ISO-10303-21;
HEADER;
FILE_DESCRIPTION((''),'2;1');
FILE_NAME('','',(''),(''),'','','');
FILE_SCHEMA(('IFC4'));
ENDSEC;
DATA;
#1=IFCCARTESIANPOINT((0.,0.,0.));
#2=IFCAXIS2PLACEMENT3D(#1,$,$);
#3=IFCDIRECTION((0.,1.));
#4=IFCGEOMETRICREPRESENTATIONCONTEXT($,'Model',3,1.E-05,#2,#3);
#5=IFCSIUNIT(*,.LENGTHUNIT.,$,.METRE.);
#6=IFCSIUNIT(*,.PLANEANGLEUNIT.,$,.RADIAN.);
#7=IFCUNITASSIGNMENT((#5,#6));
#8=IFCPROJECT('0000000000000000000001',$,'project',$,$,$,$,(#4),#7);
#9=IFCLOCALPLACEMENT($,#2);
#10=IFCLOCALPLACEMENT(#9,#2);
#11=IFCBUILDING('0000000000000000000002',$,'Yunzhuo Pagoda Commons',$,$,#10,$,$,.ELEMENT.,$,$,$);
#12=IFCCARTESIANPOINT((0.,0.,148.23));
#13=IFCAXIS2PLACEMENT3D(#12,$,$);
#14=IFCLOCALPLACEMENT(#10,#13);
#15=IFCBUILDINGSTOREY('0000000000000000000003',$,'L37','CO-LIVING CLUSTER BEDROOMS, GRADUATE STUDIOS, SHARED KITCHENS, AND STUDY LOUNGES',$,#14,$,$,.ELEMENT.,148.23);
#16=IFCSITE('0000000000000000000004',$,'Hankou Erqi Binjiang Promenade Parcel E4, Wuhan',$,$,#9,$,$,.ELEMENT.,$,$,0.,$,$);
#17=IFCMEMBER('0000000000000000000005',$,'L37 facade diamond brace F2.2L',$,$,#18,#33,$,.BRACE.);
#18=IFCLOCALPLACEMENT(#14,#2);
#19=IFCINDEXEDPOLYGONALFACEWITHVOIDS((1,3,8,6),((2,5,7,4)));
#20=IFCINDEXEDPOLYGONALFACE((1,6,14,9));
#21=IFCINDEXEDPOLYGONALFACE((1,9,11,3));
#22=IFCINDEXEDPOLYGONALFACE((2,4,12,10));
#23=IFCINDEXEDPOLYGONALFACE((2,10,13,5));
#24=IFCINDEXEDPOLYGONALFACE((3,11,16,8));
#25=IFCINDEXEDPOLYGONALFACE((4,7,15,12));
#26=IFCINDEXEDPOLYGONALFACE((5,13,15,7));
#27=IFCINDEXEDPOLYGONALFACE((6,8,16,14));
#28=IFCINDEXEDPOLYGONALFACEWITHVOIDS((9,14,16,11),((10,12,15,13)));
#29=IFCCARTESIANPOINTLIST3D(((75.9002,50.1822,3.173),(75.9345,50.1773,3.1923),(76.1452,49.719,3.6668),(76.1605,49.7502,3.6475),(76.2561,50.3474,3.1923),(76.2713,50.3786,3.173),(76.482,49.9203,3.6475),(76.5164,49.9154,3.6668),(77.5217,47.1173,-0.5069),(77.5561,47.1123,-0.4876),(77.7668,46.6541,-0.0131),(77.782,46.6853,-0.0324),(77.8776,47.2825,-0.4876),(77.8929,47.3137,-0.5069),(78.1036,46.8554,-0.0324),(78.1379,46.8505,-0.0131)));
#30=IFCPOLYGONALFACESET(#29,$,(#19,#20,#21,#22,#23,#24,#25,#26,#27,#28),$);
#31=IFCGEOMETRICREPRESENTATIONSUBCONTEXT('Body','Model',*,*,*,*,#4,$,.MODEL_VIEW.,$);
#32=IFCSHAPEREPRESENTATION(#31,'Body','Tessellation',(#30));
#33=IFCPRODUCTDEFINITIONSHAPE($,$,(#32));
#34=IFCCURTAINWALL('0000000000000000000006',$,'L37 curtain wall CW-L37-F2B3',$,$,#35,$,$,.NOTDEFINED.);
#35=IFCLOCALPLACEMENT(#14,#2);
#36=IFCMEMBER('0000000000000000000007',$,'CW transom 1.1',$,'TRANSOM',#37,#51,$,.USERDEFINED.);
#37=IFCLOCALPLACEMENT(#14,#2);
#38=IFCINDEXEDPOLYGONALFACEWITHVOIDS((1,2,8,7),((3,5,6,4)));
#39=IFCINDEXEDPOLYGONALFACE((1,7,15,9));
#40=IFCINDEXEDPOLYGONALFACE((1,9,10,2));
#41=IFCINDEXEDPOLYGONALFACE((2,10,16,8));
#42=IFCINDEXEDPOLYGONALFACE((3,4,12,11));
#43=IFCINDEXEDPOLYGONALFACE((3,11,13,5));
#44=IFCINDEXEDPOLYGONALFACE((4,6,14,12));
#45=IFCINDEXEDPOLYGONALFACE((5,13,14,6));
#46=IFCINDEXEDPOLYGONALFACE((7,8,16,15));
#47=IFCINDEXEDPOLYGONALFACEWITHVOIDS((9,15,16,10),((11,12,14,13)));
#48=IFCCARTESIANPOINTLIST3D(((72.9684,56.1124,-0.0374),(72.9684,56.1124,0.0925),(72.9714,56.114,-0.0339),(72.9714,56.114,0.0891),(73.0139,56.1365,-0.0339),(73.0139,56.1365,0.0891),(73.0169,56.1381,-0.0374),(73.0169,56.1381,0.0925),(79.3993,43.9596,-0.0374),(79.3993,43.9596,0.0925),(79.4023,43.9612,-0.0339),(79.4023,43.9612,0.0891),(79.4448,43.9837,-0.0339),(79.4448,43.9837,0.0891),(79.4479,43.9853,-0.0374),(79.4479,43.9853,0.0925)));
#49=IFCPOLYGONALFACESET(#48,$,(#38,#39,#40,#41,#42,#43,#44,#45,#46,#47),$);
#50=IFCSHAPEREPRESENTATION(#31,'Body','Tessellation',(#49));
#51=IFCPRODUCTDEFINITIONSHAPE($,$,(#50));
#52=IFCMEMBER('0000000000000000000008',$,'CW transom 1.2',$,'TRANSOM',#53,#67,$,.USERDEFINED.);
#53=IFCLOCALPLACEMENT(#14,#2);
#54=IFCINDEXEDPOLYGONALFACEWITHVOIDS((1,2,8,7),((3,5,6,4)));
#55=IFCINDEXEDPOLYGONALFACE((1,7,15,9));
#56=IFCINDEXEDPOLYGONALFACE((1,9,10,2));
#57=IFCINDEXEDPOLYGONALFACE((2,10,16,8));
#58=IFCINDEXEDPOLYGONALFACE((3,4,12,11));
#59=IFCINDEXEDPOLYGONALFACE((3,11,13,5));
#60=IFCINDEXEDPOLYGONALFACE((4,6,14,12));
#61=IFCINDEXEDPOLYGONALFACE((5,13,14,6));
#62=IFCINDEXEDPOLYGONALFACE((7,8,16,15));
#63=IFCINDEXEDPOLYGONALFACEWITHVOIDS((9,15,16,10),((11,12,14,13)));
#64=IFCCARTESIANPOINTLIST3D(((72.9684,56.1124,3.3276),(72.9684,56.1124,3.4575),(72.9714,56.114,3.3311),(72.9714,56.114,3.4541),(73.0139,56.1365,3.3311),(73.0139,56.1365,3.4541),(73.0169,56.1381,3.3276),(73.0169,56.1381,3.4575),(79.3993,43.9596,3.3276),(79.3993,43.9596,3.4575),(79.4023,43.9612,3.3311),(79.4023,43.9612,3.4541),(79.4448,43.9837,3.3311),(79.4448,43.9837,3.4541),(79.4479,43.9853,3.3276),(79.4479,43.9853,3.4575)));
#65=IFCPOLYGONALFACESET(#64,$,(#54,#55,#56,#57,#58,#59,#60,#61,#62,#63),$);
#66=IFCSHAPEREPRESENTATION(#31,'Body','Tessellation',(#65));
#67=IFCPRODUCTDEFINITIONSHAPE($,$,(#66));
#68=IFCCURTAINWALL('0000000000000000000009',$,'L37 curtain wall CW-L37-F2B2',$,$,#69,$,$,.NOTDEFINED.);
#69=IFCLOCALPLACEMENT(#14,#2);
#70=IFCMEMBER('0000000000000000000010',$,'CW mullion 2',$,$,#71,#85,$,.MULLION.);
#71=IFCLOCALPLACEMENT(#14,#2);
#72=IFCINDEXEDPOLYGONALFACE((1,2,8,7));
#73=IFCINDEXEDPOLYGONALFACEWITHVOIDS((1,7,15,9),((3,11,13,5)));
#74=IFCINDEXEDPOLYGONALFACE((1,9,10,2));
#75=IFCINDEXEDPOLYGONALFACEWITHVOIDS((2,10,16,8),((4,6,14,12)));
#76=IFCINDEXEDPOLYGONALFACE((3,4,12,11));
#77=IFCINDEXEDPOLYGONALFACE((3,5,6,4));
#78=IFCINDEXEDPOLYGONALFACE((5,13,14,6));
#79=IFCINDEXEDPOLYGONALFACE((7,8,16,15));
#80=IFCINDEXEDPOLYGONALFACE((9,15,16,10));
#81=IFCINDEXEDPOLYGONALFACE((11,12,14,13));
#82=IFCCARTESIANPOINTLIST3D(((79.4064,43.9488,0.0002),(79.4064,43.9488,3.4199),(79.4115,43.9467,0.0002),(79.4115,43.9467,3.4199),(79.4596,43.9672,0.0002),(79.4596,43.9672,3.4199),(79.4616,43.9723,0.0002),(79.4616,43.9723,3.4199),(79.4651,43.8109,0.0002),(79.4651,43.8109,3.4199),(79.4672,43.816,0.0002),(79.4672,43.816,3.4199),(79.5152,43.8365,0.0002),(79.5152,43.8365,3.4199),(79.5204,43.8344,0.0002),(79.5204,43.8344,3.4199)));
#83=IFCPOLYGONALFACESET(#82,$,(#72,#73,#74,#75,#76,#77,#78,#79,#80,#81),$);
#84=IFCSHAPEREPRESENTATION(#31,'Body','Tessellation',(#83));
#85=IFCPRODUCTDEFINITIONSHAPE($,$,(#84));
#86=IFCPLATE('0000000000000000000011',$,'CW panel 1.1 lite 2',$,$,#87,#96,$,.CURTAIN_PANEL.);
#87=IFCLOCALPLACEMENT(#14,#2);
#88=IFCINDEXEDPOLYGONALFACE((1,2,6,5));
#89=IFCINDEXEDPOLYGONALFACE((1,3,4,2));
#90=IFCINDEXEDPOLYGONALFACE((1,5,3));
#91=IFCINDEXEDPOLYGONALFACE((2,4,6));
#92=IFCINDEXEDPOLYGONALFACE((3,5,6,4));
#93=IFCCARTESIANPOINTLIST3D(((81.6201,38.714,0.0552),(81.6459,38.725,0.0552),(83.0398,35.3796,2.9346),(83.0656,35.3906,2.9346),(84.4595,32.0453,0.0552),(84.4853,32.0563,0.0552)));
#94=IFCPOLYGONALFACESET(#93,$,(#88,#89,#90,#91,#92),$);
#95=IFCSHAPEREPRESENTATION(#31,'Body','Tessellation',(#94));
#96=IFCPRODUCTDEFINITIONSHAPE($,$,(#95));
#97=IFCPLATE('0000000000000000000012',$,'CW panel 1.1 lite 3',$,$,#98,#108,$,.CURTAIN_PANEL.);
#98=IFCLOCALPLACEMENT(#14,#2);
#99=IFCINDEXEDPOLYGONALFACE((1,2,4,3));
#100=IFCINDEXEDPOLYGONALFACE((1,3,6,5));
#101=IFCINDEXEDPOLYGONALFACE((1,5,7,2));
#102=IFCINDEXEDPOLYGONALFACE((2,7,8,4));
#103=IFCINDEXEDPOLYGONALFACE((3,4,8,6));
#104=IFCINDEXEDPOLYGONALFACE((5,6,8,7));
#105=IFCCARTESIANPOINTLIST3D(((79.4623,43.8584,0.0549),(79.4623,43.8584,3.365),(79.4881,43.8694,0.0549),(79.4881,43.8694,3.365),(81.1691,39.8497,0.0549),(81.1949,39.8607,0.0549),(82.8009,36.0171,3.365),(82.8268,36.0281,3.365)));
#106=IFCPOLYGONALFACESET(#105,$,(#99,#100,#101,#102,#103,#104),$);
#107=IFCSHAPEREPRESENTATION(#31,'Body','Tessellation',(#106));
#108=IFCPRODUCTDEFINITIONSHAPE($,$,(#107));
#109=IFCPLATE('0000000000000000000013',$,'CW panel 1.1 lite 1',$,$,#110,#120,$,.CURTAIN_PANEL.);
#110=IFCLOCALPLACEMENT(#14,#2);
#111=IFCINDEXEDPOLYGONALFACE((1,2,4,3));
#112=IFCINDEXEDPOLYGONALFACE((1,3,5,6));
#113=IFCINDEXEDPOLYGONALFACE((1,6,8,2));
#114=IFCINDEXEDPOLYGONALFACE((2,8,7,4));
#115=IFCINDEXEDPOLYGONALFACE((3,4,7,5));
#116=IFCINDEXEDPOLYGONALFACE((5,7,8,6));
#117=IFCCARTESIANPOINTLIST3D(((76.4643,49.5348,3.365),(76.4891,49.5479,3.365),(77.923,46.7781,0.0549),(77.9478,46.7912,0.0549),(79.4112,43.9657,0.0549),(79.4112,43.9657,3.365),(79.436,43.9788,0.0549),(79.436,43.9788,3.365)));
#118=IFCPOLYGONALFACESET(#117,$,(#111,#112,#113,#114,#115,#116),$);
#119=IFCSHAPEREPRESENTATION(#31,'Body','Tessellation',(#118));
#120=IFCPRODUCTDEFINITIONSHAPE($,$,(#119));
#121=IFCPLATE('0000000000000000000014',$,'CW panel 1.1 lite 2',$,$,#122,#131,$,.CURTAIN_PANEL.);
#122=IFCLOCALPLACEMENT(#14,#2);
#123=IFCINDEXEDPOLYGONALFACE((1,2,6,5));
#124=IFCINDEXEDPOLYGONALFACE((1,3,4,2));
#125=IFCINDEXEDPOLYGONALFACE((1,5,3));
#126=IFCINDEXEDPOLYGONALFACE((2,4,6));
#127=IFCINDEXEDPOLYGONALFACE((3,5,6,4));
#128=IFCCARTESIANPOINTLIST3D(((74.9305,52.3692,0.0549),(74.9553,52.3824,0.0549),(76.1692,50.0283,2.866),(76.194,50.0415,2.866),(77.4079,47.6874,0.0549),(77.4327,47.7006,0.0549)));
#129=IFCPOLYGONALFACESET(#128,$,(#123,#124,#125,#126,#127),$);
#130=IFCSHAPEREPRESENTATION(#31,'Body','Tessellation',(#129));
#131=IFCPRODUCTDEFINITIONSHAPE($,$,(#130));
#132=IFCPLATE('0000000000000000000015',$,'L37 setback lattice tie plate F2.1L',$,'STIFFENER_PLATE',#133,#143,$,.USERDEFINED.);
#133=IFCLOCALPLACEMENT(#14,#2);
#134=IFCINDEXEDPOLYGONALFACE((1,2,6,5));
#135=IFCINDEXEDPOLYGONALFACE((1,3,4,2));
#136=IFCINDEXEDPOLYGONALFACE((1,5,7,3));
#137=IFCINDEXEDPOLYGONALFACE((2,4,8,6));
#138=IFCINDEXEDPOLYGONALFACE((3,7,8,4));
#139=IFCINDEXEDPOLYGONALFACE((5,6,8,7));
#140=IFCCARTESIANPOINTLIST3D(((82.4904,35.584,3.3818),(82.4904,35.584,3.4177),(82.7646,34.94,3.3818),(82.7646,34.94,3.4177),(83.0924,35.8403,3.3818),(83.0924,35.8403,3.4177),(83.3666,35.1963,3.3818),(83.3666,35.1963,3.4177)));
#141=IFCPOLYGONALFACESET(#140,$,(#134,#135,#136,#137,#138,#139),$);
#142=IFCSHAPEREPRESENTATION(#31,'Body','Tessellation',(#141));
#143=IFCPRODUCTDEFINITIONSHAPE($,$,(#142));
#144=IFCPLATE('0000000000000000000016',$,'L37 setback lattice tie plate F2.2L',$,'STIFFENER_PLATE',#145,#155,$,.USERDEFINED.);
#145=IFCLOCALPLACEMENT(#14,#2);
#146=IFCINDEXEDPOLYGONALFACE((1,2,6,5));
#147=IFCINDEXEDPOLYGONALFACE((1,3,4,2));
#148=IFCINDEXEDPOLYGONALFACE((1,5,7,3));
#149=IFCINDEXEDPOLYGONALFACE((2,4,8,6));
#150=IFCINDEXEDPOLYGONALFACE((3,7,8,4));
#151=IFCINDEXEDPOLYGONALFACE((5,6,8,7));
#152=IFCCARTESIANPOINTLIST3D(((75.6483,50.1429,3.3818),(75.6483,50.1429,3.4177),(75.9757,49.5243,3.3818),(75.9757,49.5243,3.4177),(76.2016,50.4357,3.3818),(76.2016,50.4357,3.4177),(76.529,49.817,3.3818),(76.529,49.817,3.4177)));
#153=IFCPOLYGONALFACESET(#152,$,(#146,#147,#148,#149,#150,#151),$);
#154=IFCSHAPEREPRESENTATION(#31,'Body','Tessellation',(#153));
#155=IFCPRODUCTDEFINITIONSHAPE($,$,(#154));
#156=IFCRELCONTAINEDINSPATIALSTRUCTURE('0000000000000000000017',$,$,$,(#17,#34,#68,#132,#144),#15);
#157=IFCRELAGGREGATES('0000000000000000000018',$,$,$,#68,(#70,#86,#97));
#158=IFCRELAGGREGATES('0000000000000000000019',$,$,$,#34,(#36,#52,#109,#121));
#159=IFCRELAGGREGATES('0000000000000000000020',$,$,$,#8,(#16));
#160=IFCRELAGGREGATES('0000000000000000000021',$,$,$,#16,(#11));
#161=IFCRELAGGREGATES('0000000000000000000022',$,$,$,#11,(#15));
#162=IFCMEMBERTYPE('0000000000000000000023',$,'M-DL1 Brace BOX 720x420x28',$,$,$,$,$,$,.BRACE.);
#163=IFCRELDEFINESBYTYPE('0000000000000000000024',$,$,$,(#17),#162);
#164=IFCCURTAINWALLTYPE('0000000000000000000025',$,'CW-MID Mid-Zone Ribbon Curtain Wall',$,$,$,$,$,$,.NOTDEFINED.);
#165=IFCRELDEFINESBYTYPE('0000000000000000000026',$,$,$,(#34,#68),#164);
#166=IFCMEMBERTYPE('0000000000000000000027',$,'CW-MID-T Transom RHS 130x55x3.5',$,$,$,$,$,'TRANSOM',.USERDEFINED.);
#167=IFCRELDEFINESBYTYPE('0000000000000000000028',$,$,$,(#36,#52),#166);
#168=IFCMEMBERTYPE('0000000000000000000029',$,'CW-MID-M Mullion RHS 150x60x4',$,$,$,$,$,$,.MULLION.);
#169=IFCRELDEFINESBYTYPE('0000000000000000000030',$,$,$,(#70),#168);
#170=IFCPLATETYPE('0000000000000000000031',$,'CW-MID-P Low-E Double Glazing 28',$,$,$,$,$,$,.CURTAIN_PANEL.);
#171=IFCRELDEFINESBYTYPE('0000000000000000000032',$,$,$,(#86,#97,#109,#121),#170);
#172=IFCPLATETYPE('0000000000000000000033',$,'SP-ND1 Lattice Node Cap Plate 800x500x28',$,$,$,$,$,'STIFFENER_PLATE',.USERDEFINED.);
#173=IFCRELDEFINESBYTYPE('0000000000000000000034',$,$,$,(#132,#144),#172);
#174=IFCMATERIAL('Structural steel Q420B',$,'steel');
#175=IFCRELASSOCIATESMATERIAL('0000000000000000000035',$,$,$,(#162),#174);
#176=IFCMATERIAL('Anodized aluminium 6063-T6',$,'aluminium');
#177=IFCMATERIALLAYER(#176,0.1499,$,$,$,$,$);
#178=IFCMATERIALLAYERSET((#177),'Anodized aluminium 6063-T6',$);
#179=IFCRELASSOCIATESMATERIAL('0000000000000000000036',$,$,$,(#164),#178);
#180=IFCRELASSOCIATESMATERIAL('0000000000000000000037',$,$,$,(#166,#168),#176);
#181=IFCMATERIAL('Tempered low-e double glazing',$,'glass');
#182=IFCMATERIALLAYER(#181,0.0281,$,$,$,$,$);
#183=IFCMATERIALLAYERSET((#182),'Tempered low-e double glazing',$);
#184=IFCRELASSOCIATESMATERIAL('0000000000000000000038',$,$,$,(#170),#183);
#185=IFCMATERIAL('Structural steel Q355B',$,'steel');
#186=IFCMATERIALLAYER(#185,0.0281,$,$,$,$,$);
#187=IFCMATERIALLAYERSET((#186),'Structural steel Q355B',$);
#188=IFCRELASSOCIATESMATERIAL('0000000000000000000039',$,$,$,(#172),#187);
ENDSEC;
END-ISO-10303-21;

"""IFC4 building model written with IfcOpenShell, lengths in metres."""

from ifc_helpers import new_model, si_unit, direction, frame, origin, origin_2d, place, context, subcontext, project, spatial, polyline, rectangle, hollow_rectangle, outline, extrude, source, transform, mapped, material, layer, layer_set, material_profile, profile_set, type_object, element, aggregate, save


model = new_model("IFC4")

# Units and contexts
model_context = context("Model", 3, precision=1e-05, world=origin(), true_north=direction((0.0, 1.0)))
body_context = subcontext(model_context, "Body", "Model", "MODEL_VIEW")
ifc_project = project(units=[si_unit("LENGTHUNIT", "METRE"), si_unit("PLANEANGLEUNIT", "RADIAN")], contexts=[model_context])

# Site, building, storey
site_placement = place(None, origin())
site = spatial("IfcSite", under=ifc_project, at=site_placement, Name="Hankou Erqi Binjiang Promenade Parcel E4, Wuhan", CompositionType="ELEMENT", RefElevation=0.0)
building_placement = place(site_placement, origin())
building = spatial("IfcBuilding", under=site, at=building_placement, Name="Yunzhuo Pagoda Commons", CompositionType="ELEMENT")
storey_placement = place(building_placement, frame((0.0, 0.0, 148.23)))
storey = spatial("IfcBuildingStorey", under=building, at=storey_placement, Name="L37", Description="CO-LIVING CLUSTER BEDROOMS, GRADUATE STUDIOS, SHARED KITCHENS, AND STUDY LOUNGES", CompositionType="ELEMENT", Elevation=148.23)

# Shared definitions
ifc_material_1 = material(Name="Structural steel Q420B", Category="steel")

# Shared definitions
ifc_material_2 = material(Name="Structural steel Q355B", Category="steel")

# Member
ifc_material_profile_1 = material_profile(ifc_material_1, hollow_rectangle(XDim=0.4199, YDim=0.72, WallThickness=0.0281, at=origin_2d()), Name="Structural steel Q420B")
ifc_profile_set_1 = profile_set([ifc_material_profile_1], Name="Structural steel Q420B")
member_type_1 = type_object("IfcMemberType", Name="M-DL1 Brace BOX 720x420x28", PredefinedType="BRACE", material=ifc_profile_set_1)
shared_shape_1 = source(origin(), body_context, "Body", "SweptSolid", [
    extrude(hollow_rectangle(XDim=0.4199, YDim=0.72, WallThickness=0.0281, at=origin_2d()), origin(), (0.0, 0.0, 1.0), 5.0562),
])
member_1_placement = place(storey_placement, frame((77.8298, 46.9839, -0.26), z_axis=(-0.320711, 0.606173, 0.727804), x_axis=(-0.883911, -0.467655, 0.0)))
element("IfcMember", 1, at=member_1_placement, inside=storey, type_object=member_type_1, Name="L37 facade diamond brace F2.2L", PredefinedType="BRACE", context=body_context, shape_type="MappedRepresentation", body=[
    mapped(shared_shape_1, transform((0.0, 0.0, 0.0), scale=1.0)),
])

# Curtain wall, members
ifc_material_3 = material(Name="Anodized aluminium 6063-T6", Category="aluminium")
ifc_layer_1 = layer(ifc_material_3, 0.1499)
ifc_layer_set_1 = layer_set([ifc_layer_1], Name="Anodized aluminium 6063-T6")
curtain_wall_type = type_object("IfcCurtainWallType", Name="CW-MID Mid-Zone Ribbon Curtain Wall", PredefinedType="NOTDEFINED", material=ifc_layer_set_1)
curtain_wall_1_placement = place(storey_placement, origin())
curtain_wall_1 = element("IfcCurtainWall", 2, at=curtain_wall_1_placement, inside=storey, type_object=curtain_wall_type, Name="L37 curtain wall CW-L37-F2B3", PredefinedType="NOTDEFINED")
ifc_material_profile_2 = material_profile(ifc_material_3, hollow_rectangle(XDim=0.0549, YDim=0.1299, WallThickness=0.0034, at=origin_2d()), Name="Anodized aluminium 6063-T6")
ifc_profile_set_2 = profile_set([ifc_material_profile_2], Name="Anodized aluminium 6063-T6")
member_type_2 = type_object("IfcMemberType", Name="CW-MID-T Transom RHS 130x55x3.5", ElementType="TRANSOM", PredefinedType="USERDEFINED", material=ifc_profile_set_2)
shared_shape_2 = source(origin(), body_context, "Body", "SweptSolid", [
    extrude(hollow_rectangle(XDim=0.0549, YDim=0.1299, WallThickness=0.0034, at=origin_2d()), origin(), (0.0, 0.0, 1.0), 13.7495),
])
member_2_placement = place(storey_placement, frame((79.4236, 43.9724, 0.0276), z_axis=(-0.46772, 0.883876, 0.0), x_axis=(-0.883876, -0.46772, 0.0)))
member_2 = element("IfcMember", 3, at=member_2_placement, type_object=member_type_2, Name="CW transom 1.1", ObjectType="TRANSOM", PredefinedType="USERDEFINED", context=body_context, shape_type="MappedRepresentation", body=[
    mapped(shared_shape_2, transform((0.0, 0.0, 0.0), scale=1.0)),
])
member_3_placement = place(storey_placement, frame((79.4236, 43.9724, 3.3926), z_axis=(-0.46772, 0.883876, 0.0), x_axis=(-0.883876, -0.46772, 0.0)))
member_3 = element("IfcMember", 4, at=member_3_placement, type_object=member_type_2, Name="CW transom 1.2", ObjectType="TRANSOM", PredefinedType="USERDEFINED", context=body_context, shape_type="MappedRepresentation", body=[
    mapped(shared_shape_2, transform((0.0, 0.0, 0.0), scale=1.0)),
])

# Curtain wall, member, plates
curtain_wall_2_placement = place(storey_placement, origin())
curtain_wall_2 = element("IfcCurtainWall", 5, at=curtain_wall_2_placement, inside=storey, type_object=curtain_wall_type, Name="L37 curtain wall CW-L37-F2B2", PredefinedType="NOTDEFINED")
ifc_material_profile_3 = material_profile(ifc_material_3, hollow_rectangle(XDim=0.0601, YDim=0.1499, WallThickness=0.0039, at=origin_2d()), Name="Anodized aluminium 6063-T6")
ifc_profile_set_3 = profile_set([ifc_material_profile_3], Name="Anodized aluminium 6063-T6")
member_type_3 = type_object("IfcMemberType", Name="CW-MID-M Mullion RHS 150x60x4", PredefinedType="MULLION", material=ifc_profile_set_3)
shared_shape_3 = source(origin(), body_context, "Body", "SweptSolid", [
    extrude(hollow_rectangle(XDim=0.0601, YDim=0.1499, WallThickness=0.0039, at=origin_2d()), origin(), (0.0, 0.0, 1.0), 3.4197),
])
member_4_placement = place(storey_placement, frame((79.4634, 43.8916, 0.0002), z_axis=(0.0, 0.0, 1.0), x_axis=(-0.920072, -0.391749, 0.0)))
member_4 = element("IfcMember", 6, at=member_4_placement, type_object=member_type_3, Name="CW mullion 2", PredefinedType="MULLION", context=body_context, shape_type="MappedRepresentation", body=[
    mapped(shared_shape_3, transform((0.0, 0.0, 0.0), scale=1.0)),
])
ifc_material_4 = material(Name="Tempered low-e double glazing", Category="glass")
ifc_layer_2 = layer(ifc_material_4, 0.0281)
ifc_layer_set_2 = layer_set([ifc_layer_2], Name="Tempered low-e double glazing")
plate_type_1 = type_object("IfcPlateType", Name="CW-MID-P Low-E Double Glazing 28", PredefinedType="CURTAIN_PANEL", material=ifc_layer_set_2)
plate_1_placement = place(storey_placement, frame((83.0398, 35.3796, 1.4949), z_axis=(0.920072, 0.391749, 0.0), x_axis=(-0.391749, 0.920072, 0.0)))
plate_1 = element("IfcPlate", 7, at=plate_1_placement, type_object=plate_type_1, Name="CW panel 1.1 lite 2", PredefinedType="CURTAIN_PANEL", context=body_context, shape_type="SweptSolid", body=[
    extrude(outline(polyline([(-3.624, -1.4397), (3.624, -1.4397), (0.0, 1.4397), (-3.624, -1.4397)])), origin(), (0.0, 0.0, 1.0), 0.0281),
])
plate_2_placement = place(storey_placement, frame((81.1316, 39.9377, 1.71), z_axis=(0.920072, 0.391749, 0.0), x_axis=(-0.391749, 0.920072, 0.0)))
plate_2 = element("IfcPlate", 8, at=plate_2_placement, type_object=plate_type_1, Name="CW panel 1.1 lite 3", PredefinedType="CURTAIN_PANEL", context=body_context, shape_type="SweptSolid", body=[
    extrude(outline(polyline([(-4.2612, 1.655), (-0.0957, -1.655), (4.2612, -1.655), (4.2612, 1.655), (-4.2612, 1.655)])), origin(), (0.0, 0.0, 1.0), 0.0281),
])
aggregate(curtain_wall_2, [member_4, plate_1, plate_2])

# Plates
plate_3_placement = place(storey_placement, frame((77.9377, 46.7502, 1.71), z_axis=(0.883879, 0.467715, 0.0), x_axis=(-0.467715, 0.883879, 0.0)))
plate_3 = element("IfcPlate", 9, at=plate_3_placement, type_object=plate_type_1, Name="CW panel 1.1 lite 1", PredefinedType="CURTAIN_PANEL", context=body_context, shape_type="SweptSolid", body=[
    extrude(outline(polyline([(-3.1504, -1.655), (0.0315, -1.655), (3.1504, 1.655), (-3.1504, 1.655), (-3.1504, -1.655)])), origin(), (0.0, 0.0, 1.0), 0.0281),
])
plate_4_placement = place(storey_placement, frame((76.1692, 50.0283, 1.4604), z_axis=(0.883879, 0.467715, 0.0), x_axis=(-0.467715, 0.883879, 0.0)))
plate_4 = element("IfcPlate", 10, at=plate_4_placement, type_object=plate_type_1, Name="CW panel 1.1 lite 2", PredefinedType="CURTAIN_PANEL", context=body_context, shape_type="SweptSolid", body=[
    extrude(outline(polyline([(-2.6484, -1.4055), (2.6484, -1.4055), (0.0, 1.4055), (-2.6484, -1.4055)])), origin(), (0.0, 0.0, 1.0), 0.0281),
])
aggregate(curtain_wall_1, [member_2, member_3, plate_3, plate_4])

# Plates
ifc_layer_3 = layer(ifc_material_2, 0.0281)
ifc_layer_set_3 = layer_set([ifc_layer_3], Name="Structural steel Q355B")
plate_type_2 = type_object("IfcPlateType", Name="SP-ND1 Lattice Node Cap Plate 800x500x28", ElementType="STIFFENER_PLATE", PredefinedType="USERDEFINED", material=ifc_layer_set_3)
shared_shape_4 = source(origin(), body_context, "Body", "SweptSolid", [
    extrude(rectangle(XDim=0.7, YDim=0.6543, at=origin_2d()), origin(), (0.0, 0.0, 1.0), 0.0359),
])
plate_5_placement = place(storey_placement, frame((82.9285, 35.3901, 3.3818), z_axis=(0.0, 0.0, 1.0), x_axis=(-0.391743, 0.920075, 0.0)))
element("IfcPlate", 11, at=plate_5_placement, inside=storey, type_object=plate_type_2, Name="L37 setback lattice tie plate F2.1L", ObjectType="STIFFENER_PLATE", PredefinedType="USERDEFINED", context=body_context, shape_type="MappedRepresentation", body=[
    mapped(shared_shape_4, transform((0.0, 0.0, 0.0), scale=1.0)),
])
shared_shape_5 = source(origin(), body_context, "Body", "SweptSolid", [
    extrude(rectangle(XDim=0.7, YDim=0.626, at=origin_2d()), origin(), (0.0, 0.0, 1.0), 0.0359),
])
plate_6_placement = place(storey_placement, frame((76.0886, 49.98, 3.3818), z_axis=(0.0, 0.0, 1.0), x_axis=(-0.467714, 0.88388, 0.0)))
element("IfcPlate", 12, at=plate_6_placement, inside=storey, type_object=plate_type_2, Name="L37 setback lattice tie plate F2.2L", ObjectType="STIFFENER_PLATE", PredefinedType="USERDEFINED", context=body_context, shape_type="MappedRepresentation", body=[
    mapped(shared_shape_5, transform((0.0, 0.0, 0.0), scale=1.0)),
])

save(model, "model.ifc")
